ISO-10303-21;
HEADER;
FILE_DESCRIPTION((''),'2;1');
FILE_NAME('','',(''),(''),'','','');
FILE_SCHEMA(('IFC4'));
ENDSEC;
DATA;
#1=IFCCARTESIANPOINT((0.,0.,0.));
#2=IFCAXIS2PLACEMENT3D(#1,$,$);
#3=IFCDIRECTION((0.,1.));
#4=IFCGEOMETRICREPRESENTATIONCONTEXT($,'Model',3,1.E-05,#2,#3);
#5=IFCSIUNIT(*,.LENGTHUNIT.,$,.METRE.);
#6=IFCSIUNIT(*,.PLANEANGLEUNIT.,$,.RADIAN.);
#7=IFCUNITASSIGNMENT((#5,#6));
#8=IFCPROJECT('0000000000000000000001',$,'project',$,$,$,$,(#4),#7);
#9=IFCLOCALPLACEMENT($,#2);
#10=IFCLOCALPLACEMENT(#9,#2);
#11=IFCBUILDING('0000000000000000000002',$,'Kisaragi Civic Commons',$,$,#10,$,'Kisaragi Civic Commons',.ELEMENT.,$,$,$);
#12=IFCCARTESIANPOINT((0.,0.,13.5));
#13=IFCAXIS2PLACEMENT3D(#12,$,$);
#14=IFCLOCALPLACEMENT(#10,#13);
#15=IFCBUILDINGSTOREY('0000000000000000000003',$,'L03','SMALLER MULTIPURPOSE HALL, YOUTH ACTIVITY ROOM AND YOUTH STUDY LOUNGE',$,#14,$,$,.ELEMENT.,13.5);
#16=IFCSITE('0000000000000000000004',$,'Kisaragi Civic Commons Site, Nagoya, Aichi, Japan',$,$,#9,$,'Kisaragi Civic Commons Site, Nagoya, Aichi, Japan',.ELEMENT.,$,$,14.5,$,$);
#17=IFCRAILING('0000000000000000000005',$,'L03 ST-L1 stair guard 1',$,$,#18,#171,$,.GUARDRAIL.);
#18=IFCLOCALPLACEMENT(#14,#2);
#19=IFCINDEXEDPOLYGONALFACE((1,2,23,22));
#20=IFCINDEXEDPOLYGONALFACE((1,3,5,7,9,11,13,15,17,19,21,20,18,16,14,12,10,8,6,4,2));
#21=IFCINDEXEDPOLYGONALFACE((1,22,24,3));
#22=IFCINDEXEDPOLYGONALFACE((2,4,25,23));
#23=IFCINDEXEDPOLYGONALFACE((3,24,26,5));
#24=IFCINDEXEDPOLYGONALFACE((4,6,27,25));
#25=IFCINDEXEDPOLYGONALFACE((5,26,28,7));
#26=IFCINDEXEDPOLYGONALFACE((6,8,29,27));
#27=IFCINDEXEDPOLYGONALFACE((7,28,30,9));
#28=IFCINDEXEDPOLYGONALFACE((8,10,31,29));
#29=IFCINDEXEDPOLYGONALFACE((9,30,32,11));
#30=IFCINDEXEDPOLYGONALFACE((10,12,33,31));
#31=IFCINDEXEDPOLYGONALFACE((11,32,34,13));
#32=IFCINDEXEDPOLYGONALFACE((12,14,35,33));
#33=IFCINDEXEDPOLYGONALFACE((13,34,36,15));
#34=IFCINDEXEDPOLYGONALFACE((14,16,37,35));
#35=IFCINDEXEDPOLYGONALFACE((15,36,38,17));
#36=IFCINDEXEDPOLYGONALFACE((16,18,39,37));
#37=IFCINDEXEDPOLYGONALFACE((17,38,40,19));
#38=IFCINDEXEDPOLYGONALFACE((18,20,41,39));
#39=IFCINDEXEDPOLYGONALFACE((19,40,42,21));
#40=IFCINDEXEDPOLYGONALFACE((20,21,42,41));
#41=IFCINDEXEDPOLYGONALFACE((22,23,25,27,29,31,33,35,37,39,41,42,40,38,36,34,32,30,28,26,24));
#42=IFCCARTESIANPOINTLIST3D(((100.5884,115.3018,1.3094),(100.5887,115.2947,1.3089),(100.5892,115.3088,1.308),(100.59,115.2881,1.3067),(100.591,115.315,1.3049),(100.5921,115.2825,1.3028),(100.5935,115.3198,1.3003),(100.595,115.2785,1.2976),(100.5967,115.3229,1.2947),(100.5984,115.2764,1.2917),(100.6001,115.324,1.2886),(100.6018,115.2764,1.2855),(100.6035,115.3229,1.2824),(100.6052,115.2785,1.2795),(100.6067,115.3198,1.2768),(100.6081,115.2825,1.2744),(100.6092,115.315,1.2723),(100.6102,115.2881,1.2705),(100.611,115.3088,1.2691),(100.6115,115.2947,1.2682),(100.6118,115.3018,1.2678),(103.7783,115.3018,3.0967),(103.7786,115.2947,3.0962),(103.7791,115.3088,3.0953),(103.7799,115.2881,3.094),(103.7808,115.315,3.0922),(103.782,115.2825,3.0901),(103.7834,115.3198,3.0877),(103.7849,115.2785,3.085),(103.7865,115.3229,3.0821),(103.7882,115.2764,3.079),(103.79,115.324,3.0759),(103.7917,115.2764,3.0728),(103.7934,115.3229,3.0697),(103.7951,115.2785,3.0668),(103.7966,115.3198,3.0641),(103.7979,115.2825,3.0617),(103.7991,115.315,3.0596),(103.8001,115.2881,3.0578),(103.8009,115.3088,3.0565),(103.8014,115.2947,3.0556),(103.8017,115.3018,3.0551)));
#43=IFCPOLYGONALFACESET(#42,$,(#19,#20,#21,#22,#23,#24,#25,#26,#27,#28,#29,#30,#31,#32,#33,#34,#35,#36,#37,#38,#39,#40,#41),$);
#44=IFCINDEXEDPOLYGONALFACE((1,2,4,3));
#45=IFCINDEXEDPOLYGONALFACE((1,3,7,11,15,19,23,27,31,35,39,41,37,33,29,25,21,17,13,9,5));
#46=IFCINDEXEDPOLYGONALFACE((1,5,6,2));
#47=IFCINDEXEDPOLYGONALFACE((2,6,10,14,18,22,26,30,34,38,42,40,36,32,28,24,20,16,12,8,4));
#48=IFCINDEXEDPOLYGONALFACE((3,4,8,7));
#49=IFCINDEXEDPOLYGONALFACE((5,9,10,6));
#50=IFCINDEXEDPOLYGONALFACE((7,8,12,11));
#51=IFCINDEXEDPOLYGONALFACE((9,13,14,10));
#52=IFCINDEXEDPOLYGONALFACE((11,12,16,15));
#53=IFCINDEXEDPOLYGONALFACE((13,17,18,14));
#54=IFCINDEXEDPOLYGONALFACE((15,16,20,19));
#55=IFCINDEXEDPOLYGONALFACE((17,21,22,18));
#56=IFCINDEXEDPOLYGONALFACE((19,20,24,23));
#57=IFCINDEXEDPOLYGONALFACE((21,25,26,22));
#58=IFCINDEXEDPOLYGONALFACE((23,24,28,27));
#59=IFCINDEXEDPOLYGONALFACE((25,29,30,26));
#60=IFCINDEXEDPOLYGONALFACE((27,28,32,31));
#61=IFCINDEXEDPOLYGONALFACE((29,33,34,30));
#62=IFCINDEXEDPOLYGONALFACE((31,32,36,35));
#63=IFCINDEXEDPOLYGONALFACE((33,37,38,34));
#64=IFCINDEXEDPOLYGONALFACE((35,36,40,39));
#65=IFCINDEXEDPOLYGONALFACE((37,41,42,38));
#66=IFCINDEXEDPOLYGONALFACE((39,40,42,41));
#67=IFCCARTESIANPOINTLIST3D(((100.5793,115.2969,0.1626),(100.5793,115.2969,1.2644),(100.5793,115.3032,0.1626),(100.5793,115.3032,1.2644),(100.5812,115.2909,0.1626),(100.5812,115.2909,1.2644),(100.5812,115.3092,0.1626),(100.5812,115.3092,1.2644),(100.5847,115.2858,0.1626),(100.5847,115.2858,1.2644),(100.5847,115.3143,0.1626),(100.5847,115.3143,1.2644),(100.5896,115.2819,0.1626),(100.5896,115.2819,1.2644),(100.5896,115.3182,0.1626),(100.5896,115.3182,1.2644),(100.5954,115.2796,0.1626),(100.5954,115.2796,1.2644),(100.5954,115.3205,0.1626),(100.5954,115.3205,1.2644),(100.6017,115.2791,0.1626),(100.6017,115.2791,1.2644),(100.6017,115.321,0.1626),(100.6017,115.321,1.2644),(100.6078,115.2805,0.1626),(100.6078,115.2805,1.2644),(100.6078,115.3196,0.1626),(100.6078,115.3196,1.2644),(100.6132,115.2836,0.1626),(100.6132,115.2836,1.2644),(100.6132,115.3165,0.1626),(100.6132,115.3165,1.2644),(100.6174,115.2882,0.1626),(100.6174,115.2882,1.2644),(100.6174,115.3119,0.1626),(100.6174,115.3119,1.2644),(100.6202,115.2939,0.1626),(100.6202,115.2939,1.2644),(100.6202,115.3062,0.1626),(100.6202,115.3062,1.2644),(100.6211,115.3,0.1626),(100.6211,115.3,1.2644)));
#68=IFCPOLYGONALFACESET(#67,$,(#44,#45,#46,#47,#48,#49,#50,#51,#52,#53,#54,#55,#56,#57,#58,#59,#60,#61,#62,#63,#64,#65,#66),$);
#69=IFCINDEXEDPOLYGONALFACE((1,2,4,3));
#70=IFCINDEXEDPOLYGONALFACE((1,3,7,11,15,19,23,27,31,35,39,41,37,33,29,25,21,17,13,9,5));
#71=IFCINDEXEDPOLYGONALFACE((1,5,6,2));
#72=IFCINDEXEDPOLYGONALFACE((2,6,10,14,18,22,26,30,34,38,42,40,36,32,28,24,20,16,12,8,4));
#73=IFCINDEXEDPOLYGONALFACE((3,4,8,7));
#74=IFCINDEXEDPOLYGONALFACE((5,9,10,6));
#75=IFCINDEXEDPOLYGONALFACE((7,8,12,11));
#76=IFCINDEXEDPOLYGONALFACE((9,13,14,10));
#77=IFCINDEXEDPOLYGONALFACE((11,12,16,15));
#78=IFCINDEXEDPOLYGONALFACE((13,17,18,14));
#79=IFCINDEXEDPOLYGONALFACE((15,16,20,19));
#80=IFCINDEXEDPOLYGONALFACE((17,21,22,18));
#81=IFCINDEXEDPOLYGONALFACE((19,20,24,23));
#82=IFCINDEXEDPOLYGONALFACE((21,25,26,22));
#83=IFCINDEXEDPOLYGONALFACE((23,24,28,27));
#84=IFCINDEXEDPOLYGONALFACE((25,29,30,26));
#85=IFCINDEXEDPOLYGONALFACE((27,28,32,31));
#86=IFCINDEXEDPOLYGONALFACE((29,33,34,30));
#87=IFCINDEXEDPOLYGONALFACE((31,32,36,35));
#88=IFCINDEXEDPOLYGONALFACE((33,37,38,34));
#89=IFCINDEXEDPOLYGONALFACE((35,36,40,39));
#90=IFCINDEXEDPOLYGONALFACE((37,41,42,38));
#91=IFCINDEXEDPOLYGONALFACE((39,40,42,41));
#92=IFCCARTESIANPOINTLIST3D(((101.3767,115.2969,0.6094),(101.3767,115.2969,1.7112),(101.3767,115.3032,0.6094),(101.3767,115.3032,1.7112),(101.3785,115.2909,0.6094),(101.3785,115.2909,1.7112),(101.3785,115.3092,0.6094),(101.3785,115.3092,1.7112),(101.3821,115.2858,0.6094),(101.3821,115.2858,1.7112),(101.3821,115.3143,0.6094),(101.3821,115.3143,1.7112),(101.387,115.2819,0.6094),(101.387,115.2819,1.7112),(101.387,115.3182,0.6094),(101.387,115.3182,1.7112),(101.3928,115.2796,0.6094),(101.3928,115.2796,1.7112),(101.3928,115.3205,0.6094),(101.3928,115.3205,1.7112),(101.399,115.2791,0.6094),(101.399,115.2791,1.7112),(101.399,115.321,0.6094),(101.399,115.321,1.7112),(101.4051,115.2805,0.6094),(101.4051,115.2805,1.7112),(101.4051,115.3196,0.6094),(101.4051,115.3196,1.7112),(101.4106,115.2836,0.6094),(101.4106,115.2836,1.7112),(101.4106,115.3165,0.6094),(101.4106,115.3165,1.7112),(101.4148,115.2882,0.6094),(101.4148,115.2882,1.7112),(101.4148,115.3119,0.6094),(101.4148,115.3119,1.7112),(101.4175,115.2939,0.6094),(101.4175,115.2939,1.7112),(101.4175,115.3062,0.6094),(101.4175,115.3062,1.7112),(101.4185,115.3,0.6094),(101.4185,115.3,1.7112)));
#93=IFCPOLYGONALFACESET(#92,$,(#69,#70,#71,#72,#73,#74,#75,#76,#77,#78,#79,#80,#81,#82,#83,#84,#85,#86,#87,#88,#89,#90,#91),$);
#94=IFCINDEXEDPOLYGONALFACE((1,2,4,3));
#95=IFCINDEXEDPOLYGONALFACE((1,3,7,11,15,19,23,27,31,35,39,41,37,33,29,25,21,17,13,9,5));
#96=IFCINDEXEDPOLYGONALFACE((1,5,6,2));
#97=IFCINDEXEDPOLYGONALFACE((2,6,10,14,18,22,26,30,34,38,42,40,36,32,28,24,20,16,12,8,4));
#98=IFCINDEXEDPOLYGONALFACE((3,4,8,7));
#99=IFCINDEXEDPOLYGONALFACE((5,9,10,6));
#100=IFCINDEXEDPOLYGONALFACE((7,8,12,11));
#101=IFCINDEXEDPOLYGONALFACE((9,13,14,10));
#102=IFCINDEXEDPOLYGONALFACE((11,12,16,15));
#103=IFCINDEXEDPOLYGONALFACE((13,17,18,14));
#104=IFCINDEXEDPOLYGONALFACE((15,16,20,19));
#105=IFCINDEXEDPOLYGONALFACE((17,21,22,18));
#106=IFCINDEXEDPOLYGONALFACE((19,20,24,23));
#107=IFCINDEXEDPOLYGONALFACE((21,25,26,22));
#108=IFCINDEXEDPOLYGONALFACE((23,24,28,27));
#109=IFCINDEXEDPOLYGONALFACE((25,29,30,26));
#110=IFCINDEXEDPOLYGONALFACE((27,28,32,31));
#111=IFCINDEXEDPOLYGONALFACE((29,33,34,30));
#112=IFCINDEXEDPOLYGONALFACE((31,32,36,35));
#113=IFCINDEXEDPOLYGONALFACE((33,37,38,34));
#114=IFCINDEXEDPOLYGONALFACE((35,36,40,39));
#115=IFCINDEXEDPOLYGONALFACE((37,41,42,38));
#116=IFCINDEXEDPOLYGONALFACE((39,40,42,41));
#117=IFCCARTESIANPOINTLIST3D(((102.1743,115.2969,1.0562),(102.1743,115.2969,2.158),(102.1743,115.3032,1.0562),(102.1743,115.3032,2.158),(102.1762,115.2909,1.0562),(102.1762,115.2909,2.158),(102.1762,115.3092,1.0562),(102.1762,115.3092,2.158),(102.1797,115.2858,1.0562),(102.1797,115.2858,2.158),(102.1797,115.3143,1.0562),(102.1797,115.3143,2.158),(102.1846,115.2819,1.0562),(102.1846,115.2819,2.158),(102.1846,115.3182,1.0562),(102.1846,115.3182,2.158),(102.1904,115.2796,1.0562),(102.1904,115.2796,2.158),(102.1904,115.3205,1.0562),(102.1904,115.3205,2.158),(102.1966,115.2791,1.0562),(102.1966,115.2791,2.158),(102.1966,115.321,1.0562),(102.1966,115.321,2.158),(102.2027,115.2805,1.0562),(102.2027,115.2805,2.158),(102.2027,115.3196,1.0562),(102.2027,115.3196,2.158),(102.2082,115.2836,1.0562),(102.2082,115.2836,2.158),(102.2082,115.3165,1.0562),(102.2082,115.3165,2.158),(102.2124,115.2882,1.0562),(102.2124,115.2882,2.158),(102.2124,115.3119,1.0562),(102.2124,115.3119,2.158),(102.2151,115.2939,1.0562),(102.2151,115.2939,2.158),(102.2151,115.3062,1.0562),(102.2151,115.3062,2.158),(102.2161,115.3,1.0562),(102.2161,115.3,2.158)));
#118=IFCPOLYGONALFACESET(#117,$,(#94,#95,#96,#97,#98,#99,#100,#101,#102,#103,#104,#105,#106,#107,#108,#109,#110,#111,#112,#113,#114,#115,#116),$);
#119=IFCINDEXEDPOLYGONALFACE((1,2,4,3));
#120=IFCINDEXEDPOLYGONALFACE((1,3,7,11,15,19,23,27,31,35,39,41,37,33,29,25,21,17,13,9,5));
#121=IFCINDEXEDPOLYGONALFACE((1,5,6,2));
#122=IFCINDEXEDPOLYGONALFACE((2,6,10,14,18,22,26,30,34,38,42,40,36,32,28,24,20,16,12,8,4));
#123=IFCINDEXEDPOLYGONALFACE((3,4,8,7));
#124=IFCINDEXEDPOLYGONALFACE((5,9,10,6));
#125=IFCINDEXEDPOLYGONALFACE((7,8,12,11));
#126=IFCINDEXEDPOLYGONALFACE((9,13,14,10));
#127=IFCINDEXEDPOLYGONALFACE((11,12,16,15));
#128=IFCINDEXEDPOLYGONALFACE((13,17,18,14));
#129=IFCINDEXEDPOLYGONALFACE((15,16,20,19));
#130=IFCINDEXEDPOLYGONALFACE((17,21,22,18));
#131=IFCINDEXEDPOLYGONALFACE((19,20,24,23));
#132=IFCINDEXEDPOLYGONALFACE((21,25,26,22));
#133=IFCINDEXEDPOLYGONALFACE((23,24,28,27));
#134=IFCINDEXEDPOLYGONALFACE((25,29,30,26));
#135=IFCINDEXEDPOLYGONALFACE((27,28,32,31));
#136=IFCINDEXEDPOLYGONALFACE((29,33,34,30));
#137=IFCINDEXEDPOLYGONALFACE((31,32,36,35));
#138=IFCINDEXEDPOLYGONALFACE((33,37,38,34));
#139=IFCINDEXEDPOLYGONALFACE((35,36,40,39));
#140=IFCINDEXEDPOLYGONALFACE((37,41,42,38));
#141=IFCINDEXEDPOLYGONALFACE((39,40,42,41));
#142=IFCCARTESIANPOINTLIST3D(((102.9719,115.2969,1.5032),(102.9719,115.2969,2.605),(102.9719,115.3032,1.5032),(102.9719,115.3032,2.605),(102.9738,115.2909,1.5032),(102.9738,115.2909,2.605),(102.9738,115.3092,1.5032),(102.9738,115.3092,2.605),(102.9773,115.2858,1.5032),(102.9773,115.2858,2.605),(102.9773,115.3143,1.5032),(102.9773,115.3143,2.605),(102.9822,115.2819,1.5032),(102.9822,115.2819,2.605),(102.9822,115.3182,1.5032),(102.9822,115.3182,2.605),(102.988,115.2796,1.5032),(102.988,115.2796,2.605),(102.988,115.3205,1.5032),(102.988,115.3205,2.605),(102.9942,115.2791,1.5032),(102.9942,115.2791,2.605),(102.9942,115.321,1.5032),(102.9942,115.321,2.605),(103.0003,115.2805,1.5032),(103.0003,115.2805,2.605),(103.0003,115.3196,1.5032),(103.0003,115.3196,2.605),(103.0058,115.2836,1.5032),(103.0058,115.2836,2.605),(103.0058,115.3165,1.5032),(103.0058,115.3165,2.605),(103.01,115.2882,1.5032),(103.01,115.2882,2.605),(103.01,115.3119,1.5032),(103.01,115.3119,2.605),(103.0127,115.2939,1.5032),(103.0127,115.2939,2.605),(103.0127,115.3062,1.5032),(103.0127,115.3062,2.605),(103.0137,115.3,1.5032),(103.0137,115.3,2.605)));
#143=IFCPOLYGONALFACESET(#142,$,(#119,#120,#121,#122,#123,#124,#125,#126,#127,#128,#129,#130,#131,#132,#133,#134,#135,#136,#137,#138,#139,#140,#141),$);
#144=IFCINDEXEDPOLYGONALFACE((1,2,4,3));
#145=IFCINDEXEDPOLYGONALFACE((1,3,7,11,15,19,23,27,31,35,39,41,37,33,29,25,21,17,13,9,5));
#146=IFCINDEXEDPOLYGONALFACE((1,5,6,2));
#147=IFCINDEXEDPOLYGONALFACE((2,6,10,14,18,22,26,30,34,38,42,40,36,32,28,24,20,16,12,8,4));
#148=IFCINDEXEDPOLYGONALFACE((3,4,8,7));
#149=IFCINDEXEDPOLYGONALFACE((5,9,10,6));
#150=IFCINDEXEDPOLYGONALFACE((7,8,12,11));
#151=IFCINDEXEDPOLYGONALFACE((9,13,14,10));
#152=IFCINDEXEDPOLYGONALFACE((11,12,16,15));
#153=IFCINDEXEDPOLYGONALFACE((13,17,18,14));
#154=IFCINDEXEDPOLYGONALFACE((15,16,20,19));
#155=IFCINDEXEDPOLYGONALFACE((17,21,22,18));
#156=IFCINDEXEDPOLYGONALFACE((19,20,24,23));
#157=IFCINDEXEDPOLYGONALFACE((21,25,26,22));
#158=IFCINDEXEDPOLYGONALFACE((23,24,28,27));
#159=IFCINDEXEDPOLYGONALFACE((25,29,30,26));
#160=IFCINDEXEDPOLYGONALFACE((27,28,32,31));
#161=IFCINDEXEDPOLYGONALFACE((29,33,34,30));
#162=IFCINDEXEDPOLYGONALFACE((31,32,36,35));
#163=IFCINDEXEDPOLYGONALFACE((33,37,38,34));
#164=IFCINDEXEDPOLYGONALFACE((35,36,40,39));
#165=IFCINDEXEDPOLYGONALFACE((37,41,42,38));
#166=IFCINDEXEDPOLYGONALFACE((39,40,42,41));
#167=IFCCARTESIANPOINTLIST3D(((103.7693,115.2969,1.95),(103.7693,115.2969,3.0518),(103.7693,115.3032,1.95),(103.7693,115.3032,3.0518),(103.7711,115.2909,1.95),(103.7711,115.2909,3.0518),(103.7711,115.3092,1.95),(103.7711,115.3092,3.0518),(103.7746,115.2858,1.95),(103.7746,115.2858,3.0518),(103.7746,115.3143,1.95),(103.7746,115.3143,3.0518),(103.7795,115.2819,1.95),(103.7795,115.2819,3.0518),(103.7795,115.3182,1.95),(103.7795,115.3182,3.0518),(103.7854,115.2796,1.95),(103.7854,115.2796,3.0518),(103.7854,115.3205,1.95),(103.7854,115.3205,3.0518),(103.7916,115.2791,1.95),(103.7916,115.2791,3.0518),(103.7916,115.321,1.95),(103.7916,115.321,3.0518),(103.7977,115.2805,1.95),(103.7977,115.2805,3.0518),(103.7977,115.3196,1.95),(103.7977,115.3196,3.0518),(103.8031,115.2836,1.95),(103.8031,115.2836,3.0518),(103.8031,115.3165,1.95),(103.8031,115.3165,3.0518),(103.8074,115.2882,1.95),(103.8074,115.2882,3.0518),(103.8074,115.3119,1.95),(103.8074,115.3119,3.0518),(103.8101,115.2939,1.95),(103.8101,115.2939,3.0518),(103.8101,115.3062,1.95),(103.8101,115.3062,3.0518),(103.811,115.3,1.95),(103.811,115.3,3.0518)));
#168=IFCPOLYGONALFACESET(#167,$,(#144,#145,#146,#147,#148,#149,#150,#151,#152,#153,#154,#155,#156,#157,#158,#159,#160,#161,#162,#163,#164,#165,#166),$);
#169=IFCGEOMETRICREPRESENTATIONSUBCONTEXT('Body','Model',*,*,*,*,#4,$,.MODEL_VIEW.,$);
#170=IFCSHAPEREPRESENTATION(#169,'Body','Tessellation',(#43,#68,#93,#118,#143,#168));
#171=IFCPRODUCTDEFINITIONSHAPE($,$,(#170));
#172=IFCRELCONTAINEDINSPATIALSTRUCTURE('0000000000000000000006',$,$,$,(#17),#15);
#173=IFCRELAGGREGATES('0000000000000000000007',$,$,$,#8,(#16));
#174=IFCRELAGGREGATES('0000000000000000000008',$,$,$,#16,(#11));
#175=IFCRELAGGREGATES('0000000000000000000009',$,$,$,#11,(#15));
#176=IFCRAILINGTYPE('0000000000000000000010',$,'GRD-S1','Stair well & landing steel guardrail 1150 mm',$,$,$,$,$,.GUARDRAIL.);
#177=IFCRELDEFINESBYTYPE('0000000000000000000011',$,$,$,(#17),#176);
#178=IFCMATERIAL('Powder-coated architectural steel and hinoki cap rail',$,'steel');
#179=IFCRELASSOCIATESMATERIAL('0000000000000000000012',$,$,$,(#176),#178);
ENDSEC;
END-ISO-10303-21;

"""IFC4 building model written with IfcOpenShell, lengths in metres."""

from ifc_helpers import new_model, si_unit, direction, frame, origin, origin_2d, place, context, subcontext, project, spatial, circle, extrude, material, type_object, element, save


model = new_model("IFC4")

# Units and contexts
model_context = context("Model", 3, precision=1e-05, world=origin(), true_north=direction((0.0, 1.0)))
body_context = subcontext(model_context, "Body", "Model", "MODEL_VIEW")
ifc_project = project(units=[si_unit("LENGTHUNIT", "METRE"), si_unit("PLANEANGLEUNIT", "RADIAN")], contexts=[model_context])

# Site, building, storey
site_placement = place(None, origin())
site = spatial("IfcSite", under=ifc_project, at=site_placement, Name="Kisaragi Civic Commons Site, Nagoya, Aichi, Japan", LongName="Kisaragi Civic Commons Site, Nagoya, Aichi, Japan", CompositionType="ELEMENT", RefElevation=14.5)
building_placement = place(site_placement, origin())
building = spatial("IfcBuilding", under=site, at=building_placement, Name="Kisaragi Civic Commons", LongName="Kisaragi Civic Commons", CompositionType="ELEMENT")
storey_placement = place(building_placement, frame((0.0, 0.0, 13.5)))
storey = spatial("IfcBuildingStorey", under=building, at=storey_placement, Name="L03", Description="SMALLER MULTIPURPOSE HALL, YOUTH ACTIVITY ROOM AND YOUTH STUDY LOUNGE", CompositionType="ELEMENT", Elevation=13.5)

# Railing
ifc_material_1 = material(Name="Powder-coated architectural steel and hinoki cap rail", Category="steel")
railing_type_1 = type_object("IfcRailingType", Name="GRD-S1", Description="Stair well & landing steel guardrail 1150 mm", PredefinedType="GUARDRAIL", material=ifc_material_1)
railing_1_placement = place(storey_placement, frame((100.6001, 115.3, 0.1626)))
element("IfcRailing", 1, at=railing_1_placement, inside=storey, type_object=railing_type_1, Name="L03 ST-L1 stair guard 1", PredefinedType="GUARDRAIL", context=body_context, shape_type="SweptSolid", body=[
    extrude(circle(Radius=0.0239, at=origin_2d()), frame((0.0, 0.0, 1.126), z_axis=(0.872391, 0.0, 0.488809), x_axis=(0.0, 1.0, 0.0)), (0.0, 0.0, 1.0), 3.6565),
    extrude(circle(Radius=0.021, at=origin_2d()), origin(), (0.0, 0.0, 1.0), 1.1018),
    extrude(circle(Radius=0.021, at=origin_2d()), frame((0.7974, 0.0, 0.4468)), (0.0, 0.0, 1.0), 1.1018),
    extrude(circle(Radius=0.021, at=origin_2d()), frame((1.595, 0.0, 0.8936)), (0.0, 0.0, 1.0), 1.1018),
    extrude(circle(Radius=0.021, at=origin_2d()), frame((2.3926, 0.0, 1.3406)), (0.0, 0.0, 1.0), 1.1018),
    extrude(circle(Radius=0.021, at=origin_2d()), frame((3.1899, 0.0, 1.7874)), (0.0, 0.0, 1.0), 1.1018),
])

save(model, "model.ifc")
